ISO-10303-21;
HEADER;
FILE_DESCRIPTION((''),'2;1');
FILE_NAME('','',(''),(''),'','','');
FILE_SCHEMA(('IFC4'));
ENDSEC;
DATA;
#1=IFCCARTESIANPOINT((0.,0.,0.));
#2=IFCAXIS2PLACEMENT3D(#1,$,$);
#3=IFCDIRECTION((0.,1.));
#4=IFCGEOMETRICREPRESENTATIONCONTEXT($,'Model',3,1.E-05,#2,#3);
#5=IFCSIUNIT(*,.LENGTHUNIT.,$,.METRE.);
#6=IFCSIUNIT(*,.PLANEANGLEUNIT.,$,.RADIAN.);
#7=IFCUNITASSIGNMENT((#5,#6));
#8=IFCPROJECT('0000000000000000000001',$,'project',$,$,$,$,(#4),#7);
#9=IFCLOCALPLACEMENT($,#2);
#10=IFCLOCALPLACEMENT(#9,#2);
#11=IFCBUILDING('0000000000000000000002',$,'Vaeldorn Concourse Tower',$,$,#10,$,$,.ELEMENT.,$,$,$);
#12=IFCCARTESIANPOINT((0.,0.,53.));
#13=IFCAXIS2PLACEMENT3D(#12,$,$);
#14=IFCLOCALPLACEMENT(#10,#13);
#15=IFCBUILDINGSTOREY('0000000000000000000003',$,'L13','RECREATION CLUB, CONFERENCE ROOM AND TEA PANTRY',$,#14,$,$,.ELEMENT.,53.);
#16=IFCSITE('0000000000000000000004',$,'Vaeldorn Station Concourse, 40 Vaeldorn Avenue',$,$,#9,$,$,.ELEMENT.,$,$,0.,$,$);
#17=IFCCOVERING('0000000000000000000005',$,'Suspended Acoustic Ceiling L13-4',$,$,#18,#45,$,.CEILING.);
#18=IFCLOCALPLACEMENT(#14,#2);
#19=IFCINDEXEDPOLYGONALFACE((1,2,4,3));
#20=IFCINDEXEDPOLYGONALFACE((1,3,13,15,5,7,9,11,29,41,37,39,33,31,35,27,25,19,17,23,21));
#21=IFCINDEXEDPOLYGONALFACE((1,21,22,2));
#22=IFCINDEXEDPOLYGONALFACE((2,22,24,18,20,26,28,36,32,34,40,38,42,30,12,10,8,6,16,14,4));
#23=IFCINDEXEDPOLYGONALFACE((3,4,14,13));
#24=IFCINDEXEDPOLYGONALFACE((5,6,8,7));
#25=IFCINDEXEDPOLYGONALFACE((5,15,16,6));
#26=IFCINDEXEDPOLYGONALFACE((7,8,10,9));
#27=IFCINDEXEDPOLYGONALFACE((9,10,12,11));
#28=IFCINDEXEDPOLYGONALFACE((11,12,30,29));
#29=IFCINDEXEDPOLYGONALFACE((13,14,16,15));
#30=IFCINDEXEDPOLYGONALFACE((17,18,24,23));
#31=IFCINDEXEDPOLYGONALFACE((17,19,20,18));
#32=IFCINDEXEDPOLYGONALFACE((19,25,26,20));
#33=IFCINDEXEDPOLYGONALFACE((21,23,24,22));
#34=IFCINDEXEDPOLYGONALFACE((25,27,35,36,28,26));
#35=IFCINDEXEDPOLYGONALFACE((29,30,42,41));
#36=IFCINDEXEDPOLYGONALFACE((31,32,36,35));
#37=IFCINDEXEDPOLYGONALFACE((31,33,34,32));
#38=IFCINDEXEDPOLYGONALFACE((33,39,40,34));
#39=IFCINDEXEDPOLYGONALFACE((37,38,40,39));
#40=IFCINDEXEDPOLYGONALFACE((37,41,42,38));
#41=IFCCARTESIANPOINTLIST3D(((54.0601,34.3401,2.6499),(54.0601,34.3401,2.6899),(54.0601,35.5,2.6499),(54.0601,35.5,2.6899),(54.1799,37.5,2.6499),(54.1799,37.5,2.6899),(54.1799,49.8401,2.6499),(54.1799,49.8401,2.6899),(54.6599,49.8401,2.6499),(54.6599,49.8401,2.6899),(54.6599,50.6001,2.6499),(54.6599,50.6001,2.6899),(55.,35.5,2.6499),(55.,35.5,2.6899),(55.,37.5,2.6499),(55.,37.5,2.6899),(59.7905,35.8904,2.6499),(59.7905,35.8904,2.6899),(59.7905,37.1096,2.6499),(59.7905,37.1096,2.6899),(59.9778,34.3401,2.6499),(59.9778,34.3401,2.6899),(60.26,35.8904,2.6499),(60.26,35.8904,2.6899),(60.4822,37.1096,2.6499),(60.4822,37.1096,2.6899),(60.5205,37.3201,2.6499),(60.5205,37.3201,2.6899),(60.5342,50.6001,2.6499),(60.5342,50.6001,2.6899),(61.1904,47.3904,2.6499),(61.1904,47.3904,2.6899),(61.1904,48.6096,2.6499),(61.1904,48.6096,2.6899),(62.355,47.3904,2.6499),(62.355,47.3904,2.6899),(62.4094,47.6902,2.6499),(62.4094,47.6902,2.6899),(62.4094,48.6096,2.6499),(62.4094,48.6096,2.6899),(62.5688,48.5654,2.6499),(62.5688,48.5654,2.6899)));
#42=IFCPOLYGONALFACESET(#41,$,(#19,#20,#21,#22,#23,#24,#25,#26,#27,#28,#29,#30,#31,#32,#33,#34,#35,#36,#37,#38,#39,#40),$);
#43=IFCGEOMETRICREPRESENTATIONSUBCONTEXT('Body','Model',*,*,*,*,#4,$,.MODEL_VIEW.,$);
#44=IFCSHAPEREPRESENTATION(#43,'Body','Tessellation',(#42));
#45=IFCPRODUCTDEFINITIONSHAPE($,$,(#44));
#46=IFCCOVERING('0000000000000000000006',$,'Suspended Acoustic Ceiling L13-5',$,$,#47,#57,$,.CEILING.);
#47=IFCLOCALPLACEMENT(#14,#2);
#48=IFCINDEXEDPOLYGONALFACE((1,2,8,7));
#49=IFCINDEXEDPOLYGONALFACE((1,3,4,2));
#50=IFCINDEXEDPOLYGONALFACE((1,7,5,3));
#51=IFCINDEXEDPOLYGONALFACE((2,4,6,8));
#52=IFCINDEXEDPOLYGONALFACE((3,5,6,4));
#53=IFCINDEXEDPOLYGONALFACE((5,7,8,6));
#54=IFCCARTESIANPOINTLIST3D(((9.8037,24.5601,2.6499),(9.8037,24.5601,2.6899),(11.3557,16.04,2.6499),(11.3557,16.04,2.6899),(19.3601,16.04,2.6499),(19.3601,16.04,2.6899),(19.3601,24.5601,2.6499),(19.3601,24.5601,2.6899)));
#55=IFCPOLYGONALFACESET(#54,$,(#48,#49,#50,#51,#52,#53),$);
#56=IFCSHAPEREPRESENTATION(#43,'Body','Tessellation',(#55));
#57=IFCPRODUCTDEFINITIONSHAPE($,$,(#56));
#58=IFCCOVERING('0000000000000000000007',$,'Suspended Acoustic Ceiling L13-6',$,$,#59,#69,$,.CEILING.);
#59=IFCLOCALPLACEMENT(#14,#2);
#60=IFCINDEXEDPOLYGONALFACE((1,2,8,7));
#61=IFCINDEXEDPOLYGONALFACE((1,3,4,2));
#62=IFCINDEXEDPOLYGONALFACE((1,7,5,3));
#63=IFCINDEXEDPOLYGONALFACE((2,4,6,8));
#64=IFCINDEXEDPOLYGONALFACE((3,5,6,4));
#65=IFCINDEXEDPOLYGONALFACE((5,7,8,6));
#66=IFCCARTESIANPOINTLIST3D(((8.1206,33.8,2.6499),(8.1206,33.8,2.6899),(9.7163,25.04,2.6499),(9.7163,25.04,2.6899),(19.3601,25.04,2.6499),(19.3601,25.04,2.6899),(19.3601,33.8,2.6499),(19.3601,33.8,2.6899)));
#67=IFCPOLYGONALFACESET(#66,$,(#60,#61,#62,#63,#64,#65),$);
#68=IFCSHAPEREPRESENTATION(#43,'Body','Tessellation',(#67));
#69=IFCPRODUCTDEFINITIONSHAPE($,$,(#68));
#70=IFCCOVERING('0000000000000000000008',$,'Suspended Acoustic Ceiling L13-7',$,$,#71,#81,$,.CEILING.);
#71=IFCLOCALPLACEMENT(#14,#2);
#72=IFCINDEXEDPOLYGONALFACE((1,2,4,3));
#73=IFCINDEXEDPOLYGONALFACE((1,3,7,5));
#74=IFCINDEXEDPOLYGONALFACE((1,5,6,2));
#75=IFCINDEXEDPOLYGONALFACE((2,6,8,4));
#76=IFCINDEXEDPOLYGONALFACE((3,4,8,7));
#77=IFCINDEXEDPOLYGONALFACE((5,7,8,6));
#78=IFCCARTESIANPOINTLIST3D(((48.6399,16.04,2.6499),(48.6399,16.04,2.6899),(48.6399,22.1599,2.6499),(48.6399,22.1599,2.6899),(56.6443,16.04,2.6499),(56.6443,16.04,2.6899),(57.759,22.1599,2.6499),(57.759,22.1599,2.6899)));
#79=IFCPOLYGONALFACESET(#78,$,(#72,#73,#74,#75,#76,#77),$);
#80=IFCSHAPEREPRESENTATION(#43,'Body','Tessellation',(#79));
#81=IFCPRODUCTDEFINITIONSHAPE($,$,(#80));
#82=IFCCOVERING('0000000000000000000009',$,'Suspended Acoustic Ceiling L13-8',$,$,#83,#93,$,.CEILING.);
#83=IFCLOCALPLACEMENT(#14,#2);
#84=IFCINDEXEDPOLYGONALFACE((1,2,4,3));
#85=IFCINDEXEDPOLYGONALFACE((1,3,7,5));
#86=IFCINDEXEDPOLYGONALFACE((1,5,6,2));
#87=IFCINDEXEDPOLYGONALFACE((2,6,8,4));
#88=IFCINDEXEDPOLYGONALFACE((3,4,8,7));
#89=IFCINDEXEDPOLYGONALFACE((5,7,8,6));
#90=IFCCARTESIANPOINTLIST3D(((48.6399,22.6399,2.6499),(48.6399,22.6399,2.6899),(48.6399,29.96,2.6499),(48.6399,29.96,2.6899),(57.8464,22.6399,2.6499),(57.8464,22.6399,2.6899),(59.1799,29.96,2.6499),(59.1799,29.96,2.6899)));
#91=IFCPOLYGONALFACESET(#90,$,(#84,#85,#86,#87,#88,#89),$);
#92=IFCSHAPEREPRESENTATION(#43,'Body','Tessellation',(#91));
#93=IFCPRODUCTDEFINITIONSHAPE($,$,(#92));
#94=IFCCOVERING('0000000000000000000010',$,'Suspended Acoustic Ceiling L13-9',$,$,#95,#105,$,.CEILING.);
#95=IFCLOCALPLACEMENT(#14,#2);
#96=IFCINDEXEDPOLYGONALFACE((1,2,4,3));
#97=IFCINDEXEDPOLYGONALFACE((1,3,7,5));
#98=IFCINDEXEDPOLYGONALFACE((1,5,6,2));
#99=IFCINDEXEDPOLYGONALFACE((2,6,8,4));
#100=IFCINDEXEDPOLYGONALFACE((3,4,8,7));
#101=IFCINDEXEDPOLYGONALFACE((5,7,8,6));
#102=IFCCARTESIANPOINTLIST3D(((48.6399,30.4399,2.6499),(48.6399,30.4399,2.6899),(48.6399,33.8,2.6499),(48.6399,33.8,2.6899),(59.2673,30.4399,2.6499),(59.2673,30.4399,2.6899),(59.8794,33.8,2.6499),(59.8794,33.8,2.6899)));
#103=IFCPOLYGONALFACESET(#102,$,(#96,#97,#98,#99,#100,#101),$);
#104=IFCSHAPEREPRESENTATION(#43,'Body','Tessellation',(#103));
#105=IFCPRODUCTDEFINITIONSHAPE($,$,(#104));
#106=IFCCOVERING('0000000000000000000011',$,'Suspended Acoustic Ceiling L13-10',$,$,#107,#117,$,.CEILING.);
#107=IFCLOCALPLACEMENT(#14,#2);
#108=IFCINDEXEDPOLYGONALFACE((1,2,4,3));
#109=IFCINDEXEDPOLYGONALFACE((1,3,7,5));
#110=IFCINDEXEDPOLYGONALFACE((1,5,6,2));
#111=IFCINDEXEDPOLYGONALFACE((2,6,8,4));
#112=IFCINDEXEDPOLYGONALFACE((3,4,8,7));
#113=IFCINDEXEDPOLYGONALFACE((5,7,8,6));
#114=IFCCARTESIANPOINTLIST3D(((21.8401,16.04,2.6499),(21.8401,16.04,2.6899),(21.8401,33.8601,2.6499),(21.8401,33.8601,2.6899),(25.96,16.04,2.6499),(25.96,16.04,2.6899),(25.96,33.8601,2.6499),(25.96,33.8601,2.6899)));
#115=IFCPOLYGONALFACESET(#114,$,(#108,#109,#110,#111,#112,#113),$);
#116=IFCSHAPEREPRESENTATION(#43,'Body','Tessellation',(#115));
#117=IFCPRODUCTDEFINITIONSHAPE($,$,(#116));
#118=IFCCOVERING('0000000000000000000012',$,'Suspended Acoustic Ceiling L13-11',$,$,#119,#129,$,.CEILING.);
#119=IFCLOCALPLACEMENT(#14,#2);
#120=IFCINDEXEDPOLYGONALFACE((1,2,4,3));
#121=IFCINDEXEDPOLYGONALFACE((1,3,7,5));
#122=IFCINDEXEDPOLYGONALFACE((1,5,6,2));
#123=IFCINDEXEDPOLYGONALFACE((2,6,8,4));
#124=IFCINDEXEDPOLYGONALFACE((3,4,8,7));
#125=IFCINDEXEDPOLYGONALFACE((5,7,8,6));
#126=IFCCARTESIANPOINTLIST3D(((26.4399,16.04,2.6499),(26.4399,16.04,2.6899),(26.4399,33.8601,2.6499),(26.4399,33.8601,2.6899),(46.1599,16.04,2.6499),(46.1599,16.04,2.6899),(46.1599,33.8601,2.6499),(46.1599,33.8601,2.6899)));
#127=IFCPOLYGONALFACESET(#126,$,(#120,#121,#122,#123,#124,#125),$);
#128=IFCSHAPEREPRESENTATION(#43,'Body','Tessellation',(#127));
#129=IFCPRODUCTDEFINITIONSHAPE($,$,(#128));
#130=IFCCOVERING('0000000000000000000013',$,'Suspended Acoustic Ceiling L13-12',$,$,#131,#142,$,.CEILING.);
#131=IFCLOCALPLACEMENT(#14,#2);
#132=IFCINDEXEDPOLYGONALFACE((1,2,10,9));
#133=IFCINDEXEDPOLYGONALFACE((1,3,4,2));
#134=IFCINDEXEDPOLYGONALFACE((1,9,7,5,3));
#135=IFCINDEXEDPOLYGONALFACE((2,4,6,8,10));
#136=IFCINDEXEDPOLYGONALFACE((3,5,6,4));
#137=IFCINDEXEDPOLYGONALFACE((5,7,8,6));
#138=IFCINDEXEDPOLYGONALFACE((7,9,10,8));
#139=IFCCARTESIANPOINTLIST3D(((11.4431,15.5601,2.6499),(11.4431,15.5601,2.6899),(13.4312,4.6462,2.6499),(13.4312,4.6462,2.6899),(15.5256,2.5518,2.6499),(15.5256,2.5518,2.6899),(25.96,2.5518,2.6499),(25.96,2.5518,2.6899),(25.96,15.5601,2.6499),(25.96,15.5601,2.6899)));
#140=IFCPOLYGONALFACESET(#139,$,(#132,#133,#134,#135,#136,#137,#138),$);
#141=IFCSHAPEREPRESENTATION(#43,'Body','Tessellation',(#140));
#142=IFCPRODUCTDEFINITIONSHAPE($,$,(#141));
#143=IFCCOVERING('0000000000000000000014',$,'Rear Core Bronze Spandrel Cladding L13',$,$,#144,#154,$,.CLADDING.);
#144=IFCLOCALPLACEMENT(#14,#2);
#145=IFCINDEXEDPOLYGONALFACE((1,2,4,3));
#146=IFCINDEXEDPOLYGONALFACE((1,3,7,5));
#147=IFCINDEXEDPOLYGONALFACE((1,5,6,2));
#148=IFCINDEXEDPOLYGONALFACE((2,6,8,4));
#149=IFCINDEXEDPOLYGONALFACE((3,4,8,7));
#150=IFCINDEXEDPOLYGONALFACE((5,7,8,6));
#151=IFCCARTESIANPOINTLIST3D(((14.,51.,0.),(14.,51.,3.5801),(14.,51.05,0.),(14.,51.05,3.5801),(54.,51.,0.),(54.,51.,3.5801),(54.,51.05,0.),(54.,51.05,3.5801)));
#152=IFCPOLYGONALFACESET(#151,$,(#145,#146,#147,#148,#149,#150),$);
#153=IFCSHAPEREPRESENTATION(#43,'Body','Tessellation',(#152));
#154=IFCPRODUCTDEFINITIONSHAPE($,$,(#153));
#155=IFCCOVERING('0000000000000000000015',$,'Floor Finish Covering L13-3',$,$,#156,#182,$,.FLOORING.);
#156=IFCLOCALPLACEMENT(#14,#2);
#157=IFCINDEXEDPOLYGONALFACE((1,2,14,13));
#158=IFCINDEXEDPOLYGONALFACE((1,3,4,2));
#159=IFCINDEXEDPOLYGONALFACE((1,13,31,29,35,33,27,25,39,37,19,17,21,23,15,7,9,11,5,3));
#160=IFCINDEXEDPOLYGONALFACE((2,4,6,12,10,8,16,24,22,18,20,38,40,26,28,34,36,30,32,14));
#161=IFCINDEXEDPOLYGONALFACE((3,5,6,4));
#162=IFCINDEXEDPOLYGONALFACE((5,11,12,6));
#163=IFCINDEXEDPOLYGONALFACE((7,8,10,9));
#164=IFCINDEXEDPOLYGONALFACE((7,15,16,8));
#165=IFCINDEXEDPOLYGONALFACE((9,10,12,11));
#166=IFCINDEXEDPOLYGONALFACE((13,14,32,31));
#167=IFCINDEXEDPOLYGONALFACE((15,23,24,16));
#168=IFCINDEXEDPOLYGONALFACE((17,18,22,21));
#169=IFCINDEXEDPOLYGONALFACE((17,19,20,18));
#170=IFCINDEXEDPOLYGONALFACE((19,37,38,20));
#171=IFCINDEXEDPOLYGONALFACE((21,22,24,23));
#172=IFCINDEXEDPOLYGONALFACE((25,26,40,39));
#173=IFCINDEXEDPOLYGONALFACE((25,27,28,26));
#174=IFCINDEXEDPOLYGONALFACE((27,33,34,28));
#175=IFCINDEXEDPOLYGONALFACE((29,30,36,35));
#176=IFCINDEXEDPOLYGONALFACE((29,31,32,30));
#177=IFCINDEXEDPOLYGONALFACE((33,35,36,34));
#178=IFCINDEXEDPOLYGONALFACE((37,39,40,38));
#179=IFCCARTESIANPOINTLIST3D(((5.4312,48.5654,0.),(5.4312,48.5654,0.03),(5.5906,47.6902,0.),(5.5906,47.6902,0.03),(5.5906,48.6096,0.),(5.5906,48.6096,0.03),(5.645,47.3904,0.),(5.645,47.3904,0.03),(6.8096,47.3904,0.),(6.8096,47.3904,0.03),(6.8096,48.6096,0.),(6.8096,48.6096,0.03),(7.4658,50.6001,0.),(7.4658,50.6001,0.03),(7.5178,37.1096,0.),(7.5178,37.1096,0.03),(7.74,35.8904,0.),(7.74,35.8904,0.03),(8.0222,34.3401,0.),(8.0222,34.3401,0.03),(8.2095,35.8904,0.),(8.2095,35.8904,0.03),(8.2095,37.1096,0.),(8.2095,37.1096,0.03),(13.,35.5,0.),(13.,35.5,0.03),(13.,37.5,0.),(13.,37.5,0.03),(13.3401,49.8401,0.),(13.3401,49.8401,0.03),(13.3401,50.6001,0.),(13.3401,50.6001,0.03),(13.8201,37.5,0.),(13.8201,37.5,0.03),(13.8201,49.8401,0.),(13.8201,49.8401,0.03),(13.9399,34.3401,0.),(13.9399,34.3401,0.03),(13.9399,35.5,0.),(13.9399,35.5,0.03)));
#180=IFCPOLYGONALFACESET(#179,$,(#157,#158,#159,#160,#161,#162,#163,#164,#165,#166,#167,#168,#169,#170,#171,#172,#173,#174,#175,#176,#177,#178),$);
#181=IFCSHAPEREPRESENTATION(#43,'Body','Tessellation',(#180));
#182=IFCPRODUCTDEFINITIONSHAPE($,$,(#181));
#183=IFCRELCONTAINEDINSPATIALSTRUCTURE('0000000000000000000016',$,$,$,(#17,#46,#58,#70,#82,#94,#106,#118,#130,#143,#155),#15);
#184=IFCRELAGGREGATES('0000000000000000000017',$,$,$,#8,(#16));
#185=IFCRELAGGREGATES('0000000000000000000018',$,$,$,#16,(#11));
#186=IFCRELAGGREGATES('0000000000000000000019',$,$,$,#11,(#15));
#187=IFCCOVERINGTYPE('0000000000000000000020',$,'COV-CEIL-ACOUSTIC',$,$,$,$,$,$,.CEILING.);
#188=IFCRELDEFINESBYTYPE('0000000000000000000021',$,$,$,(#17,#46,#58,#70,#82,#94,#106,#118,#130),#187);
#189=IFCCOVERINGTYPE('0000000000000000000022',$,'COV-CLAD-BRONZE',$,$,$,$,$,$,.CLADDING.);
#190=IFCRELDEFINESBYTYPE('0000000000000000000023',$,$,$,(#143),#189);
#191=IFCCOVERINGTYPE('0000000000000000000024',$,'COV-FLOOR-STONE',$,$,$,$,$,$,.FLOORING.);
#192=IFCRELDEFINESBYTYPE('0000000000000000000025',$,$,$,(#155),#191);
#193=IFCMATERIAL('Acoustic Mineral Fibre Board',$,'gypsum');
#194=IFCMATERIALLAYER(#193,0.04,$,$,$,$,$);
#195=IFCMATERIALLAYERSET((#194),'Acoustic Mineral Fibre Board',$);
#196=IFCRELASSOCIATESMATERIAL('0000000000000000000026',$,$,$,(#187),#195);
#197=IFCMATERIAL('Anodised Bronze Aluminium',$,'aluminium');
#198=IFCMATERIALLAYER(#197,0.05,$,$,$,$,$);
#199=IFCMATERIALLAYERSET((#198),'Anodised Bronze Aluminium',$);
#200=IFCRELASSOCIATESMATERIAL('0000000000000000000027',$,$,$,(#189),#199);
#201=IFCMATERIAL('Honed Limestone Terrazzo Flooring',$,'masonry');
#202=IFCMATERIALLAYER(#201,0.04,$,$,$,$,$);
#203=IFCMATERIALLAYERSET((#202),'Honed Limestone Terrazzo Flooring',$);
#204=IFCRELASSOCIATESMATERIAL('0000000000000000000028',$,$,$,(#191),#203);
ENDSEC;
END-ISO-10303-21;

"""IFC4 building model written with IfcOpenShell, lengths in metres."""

from ifc_helpers import new_model, si_unit, direction, frame, origin, place, context, subcontext, project, spatial, polyline, outline, extrude, material, layer, layer_set, type_object, element, save


model = new_model("IFC4")

# Units and contexts
model_context = context("Model", 3, precision=1e-05, world=origin(), true_north=direction((0.0, 1.0)))
body_context = subcontext(model_context, "Body", "Model", "MODEL_VIEW")
ifc_project = project(units=[si_unit("LENGTHUNIT", "METRE"), si_unit("PLANEANGLEUNIT", "RADIAN")], contexts=[model_context])

# Site, building, storey
site_placement = place(None, origin())
site = spatial("IfcSite", under=ifc_project, at=site_placement, Name="Vaeldorn Station Concourse, 40 Vaeldorn Avenue", CompositionType="ELEMENT", RefElevation=0.0)
building_placement = place(site_placement, origin())
building = spatial("IfcBuilding", under=site, at=building_placement, Name="Vaeldorn Concourse Tower", CompositionType="ELEMENT")
storey_placement = place(building_placement, frame((0.0, 0.0, 53.0)))
storey = spatial("IfcBuildingStorey", under=building, at=storey_placement, Name="L13", Description="RECREATION CLUB, CONFERENCE ROOM AND TEA PANTRY", CompositionType="ELEMENT", Elevation=53.0)

# Shared definitions
ifc_material_1 = material(Name="Anodised Bronze Aluminium", Category="aluminium")

# Coverings
ifc_material_2 = material(Name="Acoustic Mineral Fibre Board", Category="gypsum")
ifc_layer_1 = layer(ifc_material_2, 0.04)
ifc_layer_set_1 = layer_set([ifc_layer_1], Name="Acoustic Mineral Fibre Board")
covering_type_1 = type_object("IfcCoveringType", Name="COV-CEIL-ACOUSTIC", PredefinedType="CEILING", material=ifc_layer_set_1)
covering_1_placement = place(storey_placement, frame((0.0, 0.0, 2.6499)))
element("IfcCovering", 1, at=covering_1_placement, inside=storey, type_object=covering_type_1, Name="Suspended Acoustic Ceiling L13-4", PredefinedType="CEILING", context=body_context, shape_type="SweptSolid", body=[
    extrude(outline(polyline([(54.1799, 49.8401), (54.6599, 49.8401), (54.6599, 50.6001), (60.5342, 50.6001), (62.5688, 48.5654), (62.4094, 47.6902), (62.4094, 48.6096), (61.1904, 48.6096), (61.1904, 47.3904), (62.355, 47.3904), (60.5205, 37.3201), (60.5205, 37.3201), (60.4822, 37.1096), (59.7905, 37.1096), (59.7905, 35.8904), (60.26, 35.8904), (59.9778, 34.3401), (54.0601, 34.3401), (54.0601, 35.5), (55.0, 35.5), (55.0, 37.5), (54.1799, 37.5), (54.1799, 49.8401)])), origin(), (0.0, 0.0, 1.0), 0.04),
])
covering_2_placement = place(storey_placement, frame((0.0, 0.0, 2.6499)))
element("IfcCovering", 2, at=covering_2_placement, inside=storey, type_object=covering_type_1, Name="Suspended Acoustic Ceiling L13-5", PredefinedType="CEILING", context=body_context, shape_type="SweptSolid", body=[
    extrude(outline(polyline([(19.3601, 24.5601), (19.3601, 16.04), (11.3557, 16.04), (9.8037, 24.5601), (19.3601, 24.5601)])), origin(), (0.0, 0.0, 1.0), 0.04),
])
covering_3_placement = place(storey_placement, frame((0.0, 0.0, 2.6499)))
element("IfcCovering", 3, at=covering_3_placement, inside=storey, type_object=covering_type_1, Name="Suspended Acoustic Ceiling L13-6", PredefinedType="CEILING", context=body_context, shape_type="SweptSolid", body=[
    extrude(outline(polyline([(19.3601, 33.8), (19.3601, 25.04), (9.7163, 25.04), (8.1206, 33.8), (19.3601, 33.8)])), origin(), (0.0, 0.0, 1.0), 0.04),
])
covering_4_placement = place(storey_placement, frame((0.0, 0.0, 2.6499)))
element("IfcCovering", 4, at=covering_4_placement, inside=storey, type_object=covering_type_1, Name="Suspended Acoustic Ceiling L13-7", PredefinedType="CEILING", context=body_context, shape_type="SweptSolid", body=[
    extrude(outline(polyline([(48.6399, 16.04), (48.6399, 22.1599), (57.759, 22.1599), (56.6443, 16.04), (48.6399, 16.04)])), origin(), (0.0, 0.0, 1.0), 0.04),
])
covering_5_placement = place(storey_placement, frame((0.0, 0.0, 2.6499)))
element("IfcCovering", 5, at=covering_5_placement, inside=storey, type_object=covering_type_1, Name="Suspended Acoustic Ceiling L13-8", PredefinedType="CEILING", context=body_context, shape_type="SweptSolid", body=[
    extrude(outline(polyline([(48.6399, 22.6399), (48.6399, 29.96), (59.1799, 29.96), (57.8464, 22.6399), (48.6399, 22.6399)])), origin(), (0.0, 0.0, 1.0), 0.04),
])
covering_6_placement = place(storey_placement, frame((0.0, 0.0, 2.6499)))
element("IfcCovering", 6, at=covering_6_placement, inside=storey, type_object=covering_type_1, Name="Suspended Acoustic Ceiling L13-9", PredefinedType="CEILING", context=body_context, shape_type="SweptSolid", body=[
    extrude(outline(polyline([(48.6399, 30.4399), (48.6399, 33.8), (59.8794, 33.8), (59.2673, 30.4399), (48.6399, 30.4399)])), origin(), (0.0, 0.0, 1.0), 0.04),
])
covering_7_placement = place(storey_placement, frame((0.0, 0.0, 2.6499)))
element("IfcCovering", 7, at=covering_7_placement, inside=storey, type_object=covering_type_1, Name="Suspended Acoustic Ceiling L13-10", PredefinedType="CEILING", context=body_context, shape_type="SweptSolid", body=[
    extrude(outline(polyline([(21.8401, 33.8601), (25.96, 33.8601), (25.96, 16.04), (21.8401, 16.04), (21.8401, 33.8601)])), origin(), (0.0, 0.0, 1.0), 0.04),
])
covering_8_placement = place(storey_placement, frame((0.0, 0.0, 2.6499)))
element("IfcCovering", 8, at=covering_8_placement, inside=storey, type_object=covering_type_1, Name="Suspended Acoustic Ceiling L13-11", PredefinedType="CEILING", context=body_context, shape_type="SweptSolid", body=[
    extrude(outline(polyline([(26.4399, 33.8601), (46.1599, 33.8601), (46.1599, 16.04), (26.4399, 16.04), (26.4399, 33.8601)])), origin(), (0.0, 0.0, 1.0), 0.04),
])
covering_9_placement = place(storey_placement, frame((0.0, 0.0, 2.6499)))
element("IfcCovering", 9, at=covering_9_placement, inside=storey, type_object=covering_type_1, Name="Suspended Acoustic Ceiling L13-12", PredefinedType="CEILING", context=body_context, shape_type="SweptSolid", body=[
    extrude(outline(polyline([(25.96, 15.5601), (25.96, 2.5518), (15.5256, 2.5518), (13.4312, 4.6462), (11.4431, 15.5601), (25.96, 15.5601)])), origin(), (0.0, 0.0, 1.0), 0.04),
])
ifc_layer_2 = layer(ifc_material_1, 0.05)
ifc_layer_set_2 = layer_set([ifc_layer_2], Name="Anodised Bronze Aluminium")
covering_type_2 = type_object("IfcCoveringType", Name="COV-CLAD-BRONZE", PredefinedType="CLADDING", material=ifc_layer_set_2)
covering_10_placement = place(storey_placement, origin())
element("IfcCovering", 10, at=covering_10_placement, inside=storey, type_object=covering_type_2, Name="Rear Core Bronze Spandrel Cladding L13", PredefinedType="CLADDING", context=body_context, shape_type="SweptSolid", body=[
    extrude(outline(polyline([(14.0, 51.0), (54.0, 51.0), (54.0, 51.05), (14.0, 51.05), (14.0, 51.0)])), origin(), (0.0, 0.0, 1.0), 3.5801),
])
ifc_material_3 = material(Name="Honed Limestone Terrazzo Flooring", Category="masonry")
ifc_layer_3 = layer(ifc_material_3, 0.04)
ifc_layer_set_3 = layer_set([ifc_layer_3], Name="Honed Limestone Terrazzo Flooring")
covering_type_3 = type_object("IfcCoveringType", Name="COV-FLOOR-STONE", PredefinedType="FLOORING", material=ifc_layer_set_3)
covering_11_placement = place(storey_placement, origin())
element("IfcCovering", 11, at=covering_11_placement, inside=storey, type_object=covering_type_3, Name="Floor Finish Covering L13-3", PredefinedType="FLOORING", context=body_context, shape_type="SweptSolid", body=[
    extrude(outline(polyline([(7.4658, 50.6001), (13.3401, 50.6001), (13.3401, 49.8401), (13.8201, 49.8401), (13.8201, 37.5), (13.0, 37.5), (13.0, 35.5), (13.9399, 35.5), (13.9399, 34.3401), (8.0222, 34.3401), (7.74, 35.8904), (8.2095, 35.8904), (8.2095, 37.1096), (7.5178, 37.1096), (5.645, 47.3904), (6.8096, 47.3904), (6.8096, 48.6096), (5.5906, 48.6096), (5.5906, 47.6902), (5.4312, 48.5654), (7.4658, 50.6001)])), origin(), (0.0, 0.0, 1.0), 0.03),
])

save(model, "model.ifc")
